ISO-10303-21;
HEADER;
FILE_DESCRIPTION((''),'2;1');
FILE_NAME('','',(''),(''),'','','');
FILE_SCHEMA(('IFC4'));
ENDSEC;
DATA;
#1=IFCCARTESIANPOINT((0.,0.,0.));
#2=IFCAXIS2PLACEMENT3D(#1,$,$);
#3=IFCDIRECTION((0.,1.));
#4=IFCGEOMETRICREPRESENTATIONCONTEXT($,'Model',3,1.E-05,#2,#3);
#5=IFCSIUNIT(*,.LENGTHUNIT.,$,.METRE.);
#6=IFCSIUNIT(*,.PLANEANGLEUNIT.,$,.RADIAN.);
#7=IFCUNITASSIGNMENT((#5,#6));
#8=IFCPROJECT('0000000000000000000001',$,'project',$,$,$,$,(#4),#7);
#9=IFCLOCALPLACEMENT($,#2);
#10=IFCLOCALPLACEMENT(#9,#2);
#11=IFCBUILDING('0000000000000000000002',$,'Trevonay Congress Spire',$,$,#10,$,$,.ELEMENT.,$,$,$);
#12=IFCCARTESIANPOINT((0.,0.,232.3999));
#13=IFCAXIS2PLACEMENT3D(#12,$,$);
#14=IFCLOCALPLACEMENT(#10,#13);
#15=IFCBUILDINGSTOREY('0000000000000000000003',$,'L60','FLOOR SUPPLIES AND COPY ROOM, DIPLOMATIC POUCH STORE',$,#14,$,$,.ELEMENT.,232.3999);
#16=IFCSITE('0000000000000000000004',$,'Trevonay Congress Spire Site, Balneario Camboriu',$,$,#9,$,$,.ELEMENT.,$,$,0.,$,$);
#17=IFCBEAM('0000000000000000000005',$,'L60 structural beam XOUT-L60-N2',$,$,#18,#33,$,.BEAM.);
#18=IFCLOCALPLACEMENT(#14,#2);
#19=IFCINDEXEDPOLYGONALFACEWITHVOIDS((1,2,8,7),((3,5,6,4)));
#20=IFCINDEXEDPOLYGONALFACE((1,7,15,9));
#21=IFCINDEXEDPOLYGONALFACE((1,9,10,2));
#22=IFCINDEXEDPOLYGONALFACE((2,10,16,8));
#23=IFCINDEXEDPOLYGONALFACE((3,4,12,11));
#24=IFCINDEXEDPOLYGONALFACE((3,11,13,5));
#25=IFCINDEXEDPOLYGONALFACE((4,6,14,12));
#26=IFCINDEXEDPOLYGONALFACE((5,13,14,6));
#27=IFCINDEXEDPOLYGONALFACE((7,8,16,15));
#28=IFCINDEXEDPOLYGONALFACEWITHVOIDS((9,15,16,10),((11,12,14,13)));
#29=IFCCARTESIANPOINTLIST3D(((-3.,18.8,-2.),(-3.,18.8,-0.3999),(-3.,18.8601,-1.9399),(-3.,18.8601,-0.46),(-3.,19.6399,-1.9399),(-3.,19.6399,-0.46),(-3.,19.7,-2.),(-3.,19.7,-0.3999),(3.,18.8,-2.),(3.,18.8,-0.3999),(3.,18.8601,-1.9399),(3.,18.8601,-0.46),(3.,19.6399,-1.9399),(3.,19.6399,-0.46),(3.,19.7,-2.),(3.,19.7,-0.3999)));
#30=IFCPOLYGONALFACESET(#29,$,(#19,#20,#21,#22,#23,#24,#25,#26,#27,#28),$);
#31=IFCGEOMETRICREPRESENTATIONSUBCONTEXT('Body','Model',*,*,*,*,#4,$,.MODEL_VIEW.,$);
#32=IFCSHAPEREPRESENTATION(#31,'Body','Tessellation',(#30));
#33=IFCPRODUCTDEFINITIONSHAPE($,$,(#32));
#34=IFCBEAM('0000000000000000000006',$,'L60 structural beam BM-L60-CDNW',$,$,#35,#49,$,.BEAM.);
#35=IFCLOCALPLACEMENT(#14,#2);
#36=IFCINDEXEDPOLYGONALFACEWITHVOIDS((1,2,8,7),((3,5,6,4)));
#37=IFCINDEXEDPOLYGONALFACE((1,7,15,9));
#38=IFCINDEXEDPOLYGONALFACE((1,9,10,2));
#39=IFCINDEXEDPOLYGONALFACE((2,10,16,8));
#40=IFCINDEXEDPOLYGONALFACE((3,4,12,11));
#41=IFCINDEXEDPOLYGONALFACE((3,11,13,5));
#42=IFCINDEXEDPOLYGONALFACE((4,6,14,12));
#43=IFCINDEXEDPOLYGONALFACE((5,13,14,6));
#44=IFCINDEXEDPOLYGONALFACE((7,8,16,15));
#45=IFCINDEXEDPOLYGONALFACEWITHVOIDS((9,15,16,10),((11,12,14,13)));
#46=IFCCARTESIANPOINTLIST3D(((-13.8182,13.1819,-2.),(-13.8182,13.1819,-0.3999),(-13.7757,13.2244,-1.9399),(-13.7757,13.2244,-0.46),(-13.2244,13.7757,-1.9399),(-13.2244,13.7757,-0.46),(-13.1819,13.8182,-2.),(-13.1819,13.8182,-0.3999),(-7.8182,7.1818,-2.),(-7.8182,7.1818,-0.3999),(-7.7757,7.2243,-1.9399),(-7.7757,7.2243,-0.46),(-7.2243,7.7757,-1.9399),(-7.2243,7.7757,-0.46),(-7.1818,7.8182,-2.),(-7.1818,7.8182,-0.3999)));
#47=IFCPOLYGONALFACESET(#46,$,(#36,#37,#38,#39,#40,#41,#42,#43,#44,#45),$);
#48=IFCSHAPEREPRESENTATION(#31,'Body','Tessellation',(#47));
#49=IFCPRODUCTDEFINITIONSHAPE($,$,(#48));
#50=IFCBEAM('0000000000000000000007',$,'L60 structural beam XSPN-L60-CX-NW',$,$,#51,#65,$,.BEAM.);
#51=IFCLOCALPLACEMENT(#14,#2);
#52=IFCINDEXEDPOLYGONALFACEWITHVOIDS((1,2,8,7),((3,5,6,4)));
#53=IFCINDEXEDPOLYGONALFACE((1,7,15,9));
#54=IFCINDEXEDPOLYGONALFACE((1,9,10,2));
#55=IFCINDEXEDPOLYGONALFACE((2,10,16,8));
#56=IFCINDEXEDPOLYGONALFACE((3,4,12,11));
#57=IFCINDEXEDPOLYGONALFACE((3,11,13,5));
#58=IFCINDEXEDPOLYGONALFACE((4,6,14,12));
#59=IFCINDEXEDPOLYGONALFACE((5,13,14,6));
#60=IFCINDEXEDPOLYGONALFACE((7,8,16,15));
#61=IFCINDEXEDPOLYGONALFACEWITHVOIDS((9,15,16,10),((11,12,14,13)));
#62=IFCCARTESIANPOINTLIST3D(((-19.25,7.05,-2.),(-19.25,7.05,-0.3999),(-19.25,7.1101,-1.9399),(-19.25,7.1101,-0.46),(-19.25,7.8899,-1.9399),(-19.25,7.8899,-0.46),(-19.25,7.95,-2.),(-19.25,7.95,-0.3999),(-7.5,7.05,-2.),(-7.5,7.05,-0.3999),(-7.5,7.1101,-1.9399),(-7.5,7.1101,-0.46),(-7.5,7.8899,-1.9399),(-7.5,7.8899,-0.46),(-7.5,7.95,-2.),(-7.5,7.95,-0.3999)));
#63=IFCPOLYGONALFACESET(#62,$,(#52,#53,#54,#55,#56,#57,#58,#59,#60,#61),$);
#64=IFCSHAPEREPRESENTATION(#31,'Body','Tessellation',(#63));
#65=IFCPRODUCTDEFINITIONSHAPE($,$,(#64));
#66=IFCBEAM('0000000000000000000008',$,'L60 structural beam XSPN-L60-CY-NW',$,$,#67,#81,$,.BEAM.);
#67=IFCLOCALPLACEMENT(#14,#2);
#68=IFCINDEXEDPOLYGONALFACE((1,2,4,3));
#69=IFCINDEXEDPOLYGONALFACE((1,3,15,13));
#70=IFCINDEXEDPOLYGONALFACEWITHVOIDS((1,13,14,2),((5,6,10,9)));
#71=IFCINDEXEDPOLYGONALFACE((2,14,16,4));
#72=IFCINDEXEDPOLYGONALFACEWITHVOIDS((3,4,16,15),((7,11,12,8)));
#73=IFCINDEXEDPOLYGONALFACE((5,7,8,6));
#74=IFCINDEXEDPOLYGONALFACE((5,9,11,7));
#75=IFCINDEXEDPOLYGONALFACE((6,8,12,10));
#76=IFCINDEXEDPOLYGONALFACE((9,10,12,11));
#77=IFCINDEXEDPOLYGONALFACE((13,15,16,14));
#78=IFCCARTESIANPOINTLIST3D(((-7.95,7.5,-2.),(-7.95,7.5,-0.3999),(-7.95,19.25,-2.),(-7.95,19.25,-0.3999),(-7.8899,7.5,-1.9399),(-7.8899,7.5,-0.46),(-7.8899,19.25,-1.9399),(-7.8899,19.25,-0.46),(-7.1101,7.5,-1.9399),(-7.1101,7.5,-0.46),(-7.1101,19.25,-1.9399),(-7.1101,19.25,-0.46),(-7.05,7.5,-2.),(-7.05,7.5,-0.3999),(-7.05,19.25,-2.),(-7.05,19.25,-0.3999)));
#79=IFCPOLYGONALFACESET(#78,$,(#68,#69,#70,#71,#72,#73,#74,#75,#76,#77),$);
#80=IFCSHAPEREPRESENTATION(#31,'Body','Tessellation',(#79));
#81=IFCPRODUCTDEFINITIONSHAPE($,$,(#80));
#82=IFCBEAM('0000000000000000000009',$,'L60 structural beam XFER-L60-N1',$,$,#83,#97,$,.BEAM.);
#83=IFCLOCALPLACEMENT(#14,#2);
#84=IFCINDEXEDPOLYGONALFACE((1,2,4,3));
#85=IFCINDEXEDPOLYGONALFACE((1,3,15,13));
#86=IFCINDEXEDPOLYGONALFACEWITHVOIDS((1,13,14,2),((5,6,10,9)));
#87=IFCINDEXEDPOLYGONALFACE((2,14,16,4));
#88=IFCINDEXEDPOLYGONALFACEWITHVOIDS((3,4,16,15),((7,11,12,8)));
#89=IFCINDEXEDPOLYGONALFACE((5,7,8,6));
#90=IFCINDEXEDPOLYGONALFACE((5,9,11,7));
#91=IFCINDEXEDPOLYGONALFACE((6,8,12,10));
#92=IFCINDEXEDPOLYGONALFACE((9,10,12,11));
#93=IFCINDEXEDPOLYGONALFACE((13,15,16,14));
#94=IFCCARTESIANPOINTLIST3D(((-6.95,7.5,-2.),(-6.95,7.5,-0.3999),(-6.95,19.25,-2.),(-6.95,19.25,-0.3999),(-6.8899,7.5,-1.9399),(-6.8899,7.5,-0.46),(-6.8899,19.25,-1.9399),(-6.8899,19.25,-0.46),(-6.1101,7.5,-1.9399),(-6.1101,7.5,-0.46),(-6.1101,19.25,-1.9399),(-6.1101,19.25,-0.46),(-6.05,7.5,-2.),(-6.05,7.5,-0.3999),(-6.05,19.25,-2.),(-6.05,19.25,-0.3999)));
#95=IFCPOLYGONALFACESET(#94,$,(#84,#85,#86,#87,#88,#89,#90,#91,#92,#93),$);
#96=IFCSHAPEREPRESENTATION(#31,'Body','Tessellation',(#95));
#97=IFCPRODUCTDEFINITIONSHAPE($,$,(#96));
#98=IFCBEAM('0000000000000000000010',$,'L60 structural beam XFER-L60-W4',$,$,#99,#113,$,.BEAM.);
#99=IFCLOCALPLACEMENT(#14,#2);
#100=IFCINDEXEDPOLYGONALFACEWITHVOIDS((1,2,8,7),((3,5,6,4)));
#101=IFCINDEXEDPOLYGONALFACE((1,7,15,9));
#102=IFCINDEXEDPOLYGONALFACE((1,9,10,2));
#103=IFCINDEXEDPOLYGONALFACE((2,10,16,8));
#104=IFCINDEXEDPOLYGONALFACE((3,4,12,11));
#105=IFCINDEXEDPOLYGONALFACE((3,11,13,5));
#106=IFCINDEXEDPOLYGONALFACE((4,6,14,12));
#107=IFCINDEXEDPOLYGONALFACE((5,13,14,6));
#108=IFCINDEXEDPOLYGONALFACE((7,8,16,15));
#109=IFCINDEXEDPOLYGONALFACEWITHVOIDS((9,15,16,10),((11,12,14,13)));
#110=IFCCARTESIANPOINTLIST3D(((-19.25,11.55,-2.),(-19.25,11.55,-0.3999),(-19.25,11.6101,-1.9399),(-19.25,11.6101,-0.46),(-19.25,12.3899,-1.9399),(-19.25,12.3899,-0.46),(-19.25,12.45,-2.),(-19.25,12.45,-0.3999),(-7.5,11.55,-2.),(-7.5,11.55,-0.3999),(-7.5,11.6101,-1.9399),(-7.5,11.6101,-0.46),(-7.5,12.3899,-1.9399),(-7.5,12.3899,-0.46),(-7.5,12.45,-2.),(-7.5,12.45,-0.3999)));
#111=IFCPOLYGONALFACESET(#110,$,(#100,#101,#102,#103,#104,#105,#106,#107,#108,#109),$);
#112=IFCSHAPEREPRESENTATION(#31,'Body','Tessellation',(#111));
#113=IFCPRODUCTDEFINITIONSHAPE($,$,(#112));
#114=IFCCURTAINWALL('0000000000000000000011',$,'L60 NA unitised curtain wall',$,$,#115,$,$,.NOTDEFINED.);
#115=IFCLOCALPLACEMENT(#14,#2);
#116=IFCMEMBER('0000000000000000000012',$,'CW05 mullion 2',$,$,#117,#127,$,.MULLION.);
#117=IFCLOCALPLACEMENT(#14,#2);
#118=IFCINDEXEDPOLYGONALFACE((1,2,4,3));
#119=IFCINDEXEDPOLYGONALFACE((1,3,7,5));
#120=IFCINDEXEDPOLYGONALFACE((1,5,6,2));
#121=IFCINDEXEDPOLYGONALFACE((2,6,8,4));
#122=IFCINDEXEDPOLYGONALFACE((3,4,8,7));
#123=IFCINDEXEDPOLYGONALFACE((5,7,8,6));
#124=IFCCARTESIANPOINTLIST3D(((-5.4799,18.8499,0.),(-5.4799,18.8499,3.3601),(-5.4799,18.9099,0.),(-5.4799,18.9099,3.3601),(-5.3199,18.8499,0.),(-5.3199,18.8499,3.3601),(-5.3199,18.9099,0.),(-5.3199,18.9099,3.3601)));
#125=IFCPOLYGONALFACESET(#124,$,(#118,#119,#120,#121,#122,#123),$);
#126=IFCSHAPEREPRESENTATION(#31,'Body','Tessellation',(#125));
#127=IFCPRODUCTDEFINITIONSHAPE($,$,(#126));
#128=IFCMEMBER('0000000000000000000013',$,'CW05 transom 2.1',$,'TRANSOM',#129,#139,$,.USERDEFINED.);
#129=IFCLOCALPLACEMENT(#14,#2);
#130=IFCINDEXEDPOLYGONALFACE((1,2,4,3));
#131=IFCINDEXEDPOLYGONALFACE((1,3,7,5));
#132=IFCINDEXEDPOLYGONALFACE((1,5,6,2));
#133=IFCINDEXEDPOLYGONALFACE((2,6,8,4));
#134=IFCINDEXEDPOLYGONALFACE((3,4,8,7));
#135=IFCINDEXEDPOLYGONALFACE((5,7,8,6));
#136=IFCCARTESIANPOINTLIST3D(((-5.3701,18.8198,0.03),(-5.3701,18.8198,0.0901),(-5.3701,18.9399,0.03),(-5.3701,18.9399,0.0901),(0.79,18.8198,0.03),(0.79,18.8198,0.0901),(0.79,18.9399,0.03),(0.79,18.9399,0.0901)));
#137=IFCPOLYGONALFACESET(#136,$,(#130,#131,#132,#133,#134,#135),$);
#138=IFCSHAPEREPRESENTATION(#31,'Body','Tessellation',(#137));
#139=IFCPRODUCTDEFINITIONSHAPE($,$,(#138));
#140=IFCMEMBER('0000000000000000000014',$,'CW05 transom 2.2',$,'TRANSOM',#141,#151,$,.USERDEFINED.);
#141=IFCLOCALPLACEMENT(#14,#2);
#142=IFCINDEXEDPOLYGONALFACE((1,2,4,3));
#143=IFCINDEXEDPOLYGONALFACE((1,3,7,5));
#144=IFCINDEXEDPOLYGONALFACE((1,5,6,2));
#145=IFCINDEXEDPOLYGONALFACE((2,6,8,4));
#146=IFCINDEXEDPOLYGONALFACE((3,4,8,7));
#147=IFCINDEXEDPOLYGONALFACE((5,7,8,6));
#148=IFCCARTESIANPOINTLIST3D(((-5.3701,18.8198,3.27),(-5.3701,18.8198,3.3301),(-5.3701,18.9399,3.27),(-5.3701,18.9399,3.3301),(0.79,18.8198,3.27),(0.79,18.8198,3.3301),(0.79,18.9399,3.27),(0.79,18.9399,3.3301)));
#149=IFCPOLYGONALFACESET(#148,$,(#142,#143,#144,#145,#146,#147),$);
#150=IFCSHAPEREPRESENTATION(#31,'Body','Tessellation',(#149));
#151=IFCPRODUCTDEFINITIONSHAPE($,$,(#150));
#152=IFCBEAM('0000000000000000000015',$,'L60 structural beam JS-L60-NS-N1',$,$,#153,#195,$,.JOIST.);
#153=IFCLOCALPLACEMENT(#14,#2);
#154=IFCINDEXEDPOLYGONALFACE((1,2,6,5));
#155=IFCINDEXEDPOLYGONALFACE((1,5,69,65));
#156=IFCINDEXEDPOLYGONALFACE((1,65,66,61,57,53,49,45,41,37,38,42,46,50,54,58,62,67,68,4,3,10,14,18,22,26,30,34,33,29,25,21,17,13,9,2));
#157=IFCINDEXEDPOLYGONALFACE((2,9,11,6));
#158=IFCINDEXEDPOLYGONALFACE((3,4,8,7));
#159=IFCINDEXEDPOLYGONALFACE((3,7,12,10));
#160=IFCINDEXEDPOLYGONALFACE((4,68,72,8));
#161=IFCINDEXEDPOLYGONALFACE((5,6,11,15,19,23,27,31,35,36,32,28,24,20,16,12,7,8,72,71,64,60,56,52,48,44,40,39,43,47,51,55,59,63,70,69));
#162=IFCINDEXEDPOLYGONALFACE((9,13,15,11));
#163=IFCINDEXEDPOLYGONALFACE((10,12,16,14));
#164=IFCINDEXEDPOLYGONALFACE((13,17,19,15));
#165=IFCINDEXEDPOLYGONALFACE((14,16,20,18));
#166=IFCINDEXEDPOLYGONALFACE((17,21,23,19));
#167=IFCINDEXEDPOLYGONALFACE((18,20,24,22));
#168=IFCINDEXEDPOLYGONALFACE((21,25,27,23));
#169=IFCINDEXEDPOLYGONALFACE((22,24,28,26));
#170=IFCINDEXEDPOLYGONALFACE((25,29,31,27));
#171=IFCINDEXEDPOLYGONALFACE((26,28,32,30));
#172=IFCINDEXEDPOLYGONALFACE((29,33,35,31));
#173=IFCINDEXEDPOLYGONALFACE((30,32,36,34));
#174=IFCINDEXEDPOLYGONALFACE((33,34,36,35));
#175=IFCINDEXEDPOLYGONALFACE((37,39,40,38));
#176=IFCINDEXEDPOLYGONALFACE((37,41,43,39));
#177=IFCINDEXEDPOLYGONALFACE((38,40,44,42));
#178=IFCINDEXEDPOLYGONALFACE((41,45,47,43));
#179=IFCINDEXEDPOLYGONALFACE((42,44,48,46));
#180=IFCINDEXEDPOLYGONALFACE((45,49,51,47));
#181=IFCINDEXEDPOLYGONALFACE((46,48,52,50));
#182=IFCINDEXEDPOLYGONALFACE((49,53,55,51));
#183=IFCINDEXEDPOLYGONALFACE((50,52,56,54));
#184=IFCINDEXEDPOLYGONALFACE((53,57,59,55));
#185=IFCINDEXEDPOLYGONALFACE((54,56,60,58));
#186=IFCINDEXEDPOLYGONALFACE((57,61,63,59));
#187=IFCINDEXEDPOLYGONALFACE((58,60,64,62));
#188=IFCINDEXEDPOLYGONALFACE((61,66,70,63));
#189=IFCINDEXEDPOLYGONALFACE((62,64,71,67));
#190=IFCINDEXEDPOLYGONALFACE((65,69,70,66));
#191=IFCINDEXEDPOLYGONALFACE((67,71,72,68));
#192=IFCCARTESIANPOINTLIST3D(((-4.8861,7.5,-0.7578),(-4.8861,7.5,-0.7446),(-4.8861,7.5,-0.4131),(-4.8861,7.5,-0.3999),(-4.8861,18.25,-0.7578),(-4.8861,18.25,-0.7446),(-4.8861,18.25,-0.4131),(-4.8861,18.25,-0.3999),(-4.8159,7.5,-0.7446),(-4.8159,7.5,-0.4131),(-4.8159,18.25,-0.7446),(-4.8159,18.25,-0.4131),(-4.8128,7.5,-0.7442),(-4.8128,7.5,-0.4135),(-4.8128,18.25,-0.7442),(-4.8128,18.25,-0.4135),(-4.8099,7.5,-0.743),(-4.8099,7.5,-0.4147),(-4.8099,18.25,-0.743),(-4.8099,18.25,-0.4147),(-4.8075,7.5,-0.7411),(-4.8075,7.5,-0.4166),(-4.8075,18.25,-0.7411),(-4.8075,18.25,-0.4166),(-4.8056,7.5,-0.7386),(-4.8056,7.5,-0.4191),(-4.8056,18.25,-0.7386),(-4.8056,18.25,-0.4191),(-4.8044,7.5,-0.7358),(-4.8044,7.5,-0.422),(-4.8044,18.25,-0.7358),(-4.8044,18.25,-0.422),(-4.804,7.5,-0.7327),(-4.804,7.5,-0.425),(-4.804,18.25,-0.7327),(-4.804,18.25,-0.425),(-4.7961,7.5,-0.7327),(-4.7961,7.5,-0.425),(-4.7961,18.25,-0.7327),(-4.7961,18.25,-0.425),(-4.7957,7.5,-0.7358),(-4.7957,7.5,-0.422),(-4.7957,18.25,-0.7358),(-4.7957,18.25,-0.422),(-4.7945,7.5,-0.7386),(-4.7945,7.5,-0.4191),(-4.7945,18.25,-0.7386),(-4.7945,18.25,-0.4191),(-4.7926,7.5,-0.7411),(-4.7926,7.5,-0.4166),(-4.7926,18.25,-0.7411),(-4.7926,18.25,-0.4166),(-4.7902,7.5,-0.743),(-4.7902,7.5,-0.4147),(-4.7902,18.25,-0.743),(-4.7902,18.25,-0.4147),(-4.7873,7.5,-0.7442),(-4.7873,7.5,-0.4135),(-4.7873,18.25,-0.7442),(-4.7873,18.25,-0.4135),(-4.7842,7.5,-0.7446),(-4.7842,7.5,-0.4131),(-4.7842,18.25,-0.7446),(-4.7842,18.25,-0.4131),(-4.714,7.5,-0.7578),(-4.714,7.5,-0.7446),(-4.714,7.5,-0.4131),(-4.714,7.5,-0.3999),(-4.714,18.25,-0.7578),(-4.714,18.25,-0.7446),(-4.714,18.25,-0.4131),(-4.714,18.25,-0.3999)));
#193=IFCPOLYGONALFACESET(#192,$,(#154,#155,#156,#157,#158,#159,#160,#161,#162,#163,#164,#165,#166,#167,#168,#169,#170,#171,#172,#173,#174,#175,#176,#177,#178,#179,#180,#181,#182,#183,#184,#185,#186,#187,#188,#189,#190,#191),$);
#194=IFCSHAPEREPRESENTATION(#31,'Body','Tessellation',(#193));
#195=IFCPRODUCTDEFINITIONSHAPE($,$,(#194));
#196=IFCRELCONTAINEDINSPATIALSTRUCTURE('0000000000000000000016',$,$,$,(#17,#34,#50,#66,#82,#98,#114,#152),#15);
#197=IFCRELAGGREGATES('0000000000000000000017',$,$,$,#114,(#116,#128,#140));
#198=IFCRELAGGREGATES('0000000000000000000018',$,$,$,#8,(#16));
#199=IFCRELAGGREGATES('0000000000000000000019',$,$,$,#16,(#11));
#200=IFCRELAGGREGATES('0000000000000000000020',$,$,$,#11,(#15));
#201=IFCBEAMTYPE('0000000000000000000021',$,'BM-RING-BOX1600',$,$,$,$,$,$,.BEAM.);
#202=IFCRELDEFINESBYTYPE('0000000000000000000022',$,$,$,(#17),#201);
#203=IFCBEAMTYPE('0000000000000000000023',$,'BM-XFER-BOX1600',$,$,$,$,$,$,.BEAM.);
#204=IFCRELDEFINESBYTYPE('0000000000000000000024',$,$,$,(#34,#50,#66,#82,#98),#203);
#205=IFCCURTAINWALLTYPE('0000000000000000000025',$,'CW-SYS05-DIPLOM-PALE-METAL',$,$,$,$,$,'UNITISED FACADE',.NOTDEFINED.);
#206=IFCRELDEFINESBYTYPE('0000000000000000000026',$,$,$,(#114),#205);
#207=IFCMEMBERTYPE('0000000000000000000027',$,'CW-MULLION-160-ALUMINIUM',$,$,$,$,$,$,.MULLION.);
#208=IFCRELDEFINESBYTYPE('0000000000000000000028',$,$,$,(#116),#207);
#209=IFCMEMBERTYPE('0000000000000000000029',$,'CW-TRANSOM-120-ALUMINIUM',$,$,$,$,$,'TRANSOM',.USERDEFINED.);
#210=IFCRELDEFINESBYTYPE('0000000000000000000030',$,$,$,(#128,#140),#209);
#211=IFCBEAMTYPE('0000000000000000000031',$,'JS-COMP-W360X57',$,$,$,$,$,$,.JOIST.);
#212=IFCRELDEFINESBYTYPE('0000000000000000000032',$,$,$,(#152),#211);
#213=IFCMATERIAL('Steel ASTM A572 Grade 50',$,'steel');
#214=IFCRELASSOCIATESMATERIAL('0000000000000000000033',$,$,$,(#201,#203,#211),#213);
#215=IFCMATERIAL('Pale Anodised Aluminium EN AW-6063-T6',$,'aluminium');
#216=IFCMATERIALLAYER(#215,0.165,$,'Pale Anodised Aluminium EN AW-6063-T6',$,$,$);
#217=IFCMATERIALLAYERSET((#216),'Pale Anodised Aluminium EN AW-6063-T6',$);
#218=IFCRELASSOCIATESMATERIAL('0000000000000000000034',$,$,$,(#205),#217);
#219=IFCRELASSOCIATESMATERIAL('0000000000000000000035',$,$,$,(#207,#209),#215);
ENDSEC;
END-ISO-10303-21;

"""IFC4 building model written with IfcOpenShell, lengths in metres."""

from ifc_helpers import new_model, si_unit, direction, frame, origin, origin_2d, place, context, subcontext, project, spatial, rectangle, hollow_rectangle, i_section, extrude, material, layer, layer_set, material_profile, profile_set, type_object, element, aggregate, save


model = new_model("IFC4")

# Units and contexts
model_context = context("Model", 3, precision=1e-05, world=origin(), true_north=direction((0.0, 1.0)))
body_context = subcontext(model_context, "Body", "Model", "MODEL_VIEW")
ifc_project = project(units=[si_unit("LENGTHUNIT", "METRE"), si_unit("PLANEANGLEUNIT", "RADIAN")], contexts=[model_context])

# Site, building, storey
site_placement = place(None, origin())
site = spatial("IfcSite", under=ifc_project, at=site_placement, Name="Trevonay Congress Spire Site, Balneario Camboriu", CompositionType="ELEMENT", RefElevation=0.0)
building_placement = place(site_placement, origin())
building = spatial("IfcBuilding", under=site, at=building_placement, Name="Trevonay Congress Spire", CompositionType="ELEMENT")
storey_placement = place(building_placement, frame((0.0, 0.0, 232.3999)))
storey = spatial("IfcBuildingStorey", under=building, at=storey_placement, Name="L60", Description="FLOOR SUPPLIES AND COPY ROOM, DIPLOMATIC POUCH STORE", CompositionType="ELEMENT", Elevation=232.3999)

# Shared definitions
ifc_material_1 = material(Name="Steel ASTM A572 Grade 50", Category="steel")

# Beams
ifc_material_profile_1 = material_profile(ifc_material_1, hollow_rectangle(XDim=0.8999, YDim=1.6001, WallThickness=0.0601, at=origin_2d()), Name="BOX 1600x900x60")
ifc_profile_set_1 = profile_set([ifc_material_profile_1], Name="Steel ASTM A572 Grade 50")
beam_type_1 = type_object("IfcBeamType", Name="BM-RING-BOX1600", PredefinedType="BEAM", material=ifc_profile_set_1)
beam_1_placement = place(storey_placement, frame((-3.0, 19.25, -1.2), z_axis=(1.0, 0.0, 0.0), x_axis=(0.0, 1.0, 0.0)))
element("IfcBeam", 1, at=beam_1_placement, inside=storey, type_object=beam_type_1, Name="L60 structural beam XOUT-L60-N2", PredefinedType="BEAM", context=body_context, shape_type="SweptSolid", body=[
    extrude(hollow_rectangle(XDim=0.8999, YDim=1.6001, WallThickness=0.0601, at=origin_2d()), origin(), (0.0, 0.0, 1.0), 6.0),
])
ifc_material_profile_2 = material_profile(ifc_material_1, hollow_rectangle(XDim=0.8999, YDim=1.6001, WallThickness=0.0601, at=origin_2d()), Name="BOX 1600x900x60")
ifc_profile_set_2 = profile_set([ifc_material_profile_2], Name="Steel ASTM A572 Grade 50")
beam_type_2 = type_object("IfcBeamType", Name="BM-XFER-BOX1600", PredefinedType="BEAM", material=ifc_profile_set_2)
beam_2_placement = place(storey_placement, frame((-7.5, 7.5, -1.2), z_axis=(-0.707107, 0.707107, 0.0), x_axis=(-0.707107, -0.707107, 0.0)))
element("IfcBeam", 2, at=beam_2_placement, inside=storey, type_object=beam_type_2, Name="L60 structural beam BM-L60-CDNW", PredefinedType="BEAM", context=body_context, shape_type="SweptSolid", body=[
    extrude(hollow_rectangle(XDim=0.8999, YDim=1.6001, WallThickness=0.0601, at=origin_2d()), origin(), (0.0, 0.0, 1.0), 8.4854),
])
for number, where, z_axis, x_axis, name in (
    (3, (-7.5, 7.5, -1.2), (-1.0, 0.0, 0.0), (0.0, -1.0, 0.0), "L60 structural beam XSPN-L60-CX-NW"),
    (4, (-7.5, 7.5, -1.2), (0.0, 1.0, 0.0), (-1.0, 0.0, 0.0), "L60 structural beam XSPN-L60-CY-NW"),
    (5, (-6.5, 7.5, -1.2), (0.0, 1.0, 0.0), (-1.0, 0.0, 0.0), "L60 structural beam XFER-L60-N1"),
    (6, (-7.5, 12.0, -1.2), (-1.0, 0.0, 0.0), (0.0, -1.0, 0.0), "L60 structural beam XFER-L60-W4"),
):
    element("IfcBeam", number, at=place(storey_placement, frame(where, z_axis=z_axis, x_axis=x_axis)), inside=storey, type_object=beam_type_2, Name=name, PredefinedType="BEAM", context=body_context, shape_type="SweptSolid", body=[
        extrude(hollow_rectangle(XDim=0.8999, YDim=1.6001, WallThickness=0.0601, at=origin_2d()), origin(), (0.0, 0.0, 1.0), 11.75),
    ])

# Curtain wall, members
ifc_material_2 = material(Name="Pale Anodised Aluminium EN AW-6063-T6", Category="aluminium")
ifc_layer_1 = layer(ifc_material_2, 0.165, Name="Pale Anodised Aluminium EN AW-6063-T6")
ifc_layer_set_1 = layer_set([ifc_layer_1], Name="Pale Anodised Aluminium EN AW-6063-T6")
curtain_wall_type = type_object("IfcCurtainWallType", Name="CW-SYS05-DIPLOM-PALE-METAL", ElementType="UNITISED FACADE", PredefinedType="NOTDEFINED", material=ifc_layer_set_1)
curtain_wall_placement = place(storey_placement, origin())
curtain_wall = element("IfcCurtainWall", 7, at=curtain_wall_placement, inside=storey, type_object=curtain_wall_type, Name="L60 NA unitised curtain wall", PredefinedType="NOTDEFINED")
ifc_material_profile_3 = material_profile(ifc_material_2, rectangle(XDim=0.0601, YDim=0.1599, at=origin_2d()), Name="CW-MULLION-160-ALUMINIUM")
ifc_profile_set_3 = profile_set([ifc_material_profile_3], Name="Pale Anodised Aluminium EN AW-6063-T6")
member_type_1 = type_object("IfcMemberType", Name="CW-MULLION-160-ALUMINIUM", PredefinedType="MULLION", material=ifc_profile_set_3)
member_1_placement = place(storey_placement, frame((-5.3999, 18.8799, 0.0), z_axis=(0.0, 0.0, 1.0), x_axis=(0.0, 1.0, 0.0)))
member_1 = element("IfcMember", 8, at=member_1_placement, type_object=member_type_1, Name="CW05 mullion 2", PredefinedType="MULLION", context=body_context, shape_type="SweptSolid", body=[
    extrude(rectangle(XDim=0.0601, YDim=0.1599, at=origin_2d()), origin(), (0.0, 0.0, 1.0), 3.3601),
])
ifc_material_profile_4 = material_profile(ifc_material_2, rectangle(XDim=0.1201, YDim=0.0601, at=origin_2d()), Name="CW-TRANSOM-120-ALUMINIUM")
ifc_profile_set_4 = profile_set([ifc_material_profile_4], Name="Pale Anodised Aluminium EN AW-6063-T6")
member_type_2 = type_object("IfcMemberType", Name="CW-TRANSOM-120-ALUMINIUM", ElementType="TRANSOM", PredefinedType="USERDEFINED", material=ifc_profile_set_4)
member_2_placement = place(storey_placement, frame((-5.3701, 18.8799, 0.0601), z_axis=(1.0, 0.0, 0.0), x_axis=(0.0, 1.0, 0.0)))
member_2 = element("IfcMember", 9, at=member_2_placement, type_object=member_type_2, Name="CW05 transom 2.1", ObjectType="TRANSOM", PredefinedType="USERDEFINED", context=body_context, shape_type="SweptSolid", body=[
    extrude(rectangle(XDim=0.1201, YDim=0.0601, at=origin_2d()), origin(), (0.0, 0.0, 1.0), 6.1602),
])
member_3_placement = place(storey_placement, frame((-5.3701, 18.8799, 3.3), z_axis=(1.0, 0.0, 0.0), x_axis=(0.0, 1.0, 0.0)))
member_3 = element("IfcMember", 10, at=member_3_placement, type_object=member_type_2, Name="CW05 transom 2.2", ObjectType="TRANSOM", PredefinedType="USERDEFINED", context=body_context, shape_type="SweptSolid", body=[
    extrude(rectangle(XDim=0.1201, YDim=0.0601, at=origin_2d()), origin(), (0.0, 0.0, 1.0), 6.1602),
])

# Beam
ifc_material_profile_5 = material_profile(ifc_material_1, i_section(OverallWidth=0.1721, OverallDepth=0.3579, WebThickness=0.0078, FlangeThickness=0.0132, FilletRadius=0.012, at=origin_2d()), Name="W360x57.8")
ifc_profile_set_5 = profile_set([ifc_material_profile_5], Name="Steel ASTM A572 Grade 50")
beam_type_3 = type_object("IfcBeamType", Name="JS-COMP-W360X57", PredefinedType="JOIST", material=ifc_profile_set_5)
beam_3_placement = place(storey_placement, frame((-4.8, 7.5, -0.5789), z_axis=(0.0, 1.0, 0.0), x_axis=(-1.0, 0.0, 0.0)))
element("IfcBeam", 11, at=beam_3_placement, inside=storey, type_object=beam_type_3, Name="L60 structural beam JS-L60-NS-N1", PredefinedType="JOIST", context=body_context, shape_type="SweptSolid", body=[
    extrude(i_section(OverallWidth=0.1721, OverallDepth=0.3579, WebThickness=0.0078, FlangeThickness=0.0132, FilletRadius=0.012, at=origin_2d()), origin(), (0.0, 0.0, 1.0), 10.75),
])

aggregate(curtain_wall, [member_1, member_2, member_3])

save(model, "model.ifc")
